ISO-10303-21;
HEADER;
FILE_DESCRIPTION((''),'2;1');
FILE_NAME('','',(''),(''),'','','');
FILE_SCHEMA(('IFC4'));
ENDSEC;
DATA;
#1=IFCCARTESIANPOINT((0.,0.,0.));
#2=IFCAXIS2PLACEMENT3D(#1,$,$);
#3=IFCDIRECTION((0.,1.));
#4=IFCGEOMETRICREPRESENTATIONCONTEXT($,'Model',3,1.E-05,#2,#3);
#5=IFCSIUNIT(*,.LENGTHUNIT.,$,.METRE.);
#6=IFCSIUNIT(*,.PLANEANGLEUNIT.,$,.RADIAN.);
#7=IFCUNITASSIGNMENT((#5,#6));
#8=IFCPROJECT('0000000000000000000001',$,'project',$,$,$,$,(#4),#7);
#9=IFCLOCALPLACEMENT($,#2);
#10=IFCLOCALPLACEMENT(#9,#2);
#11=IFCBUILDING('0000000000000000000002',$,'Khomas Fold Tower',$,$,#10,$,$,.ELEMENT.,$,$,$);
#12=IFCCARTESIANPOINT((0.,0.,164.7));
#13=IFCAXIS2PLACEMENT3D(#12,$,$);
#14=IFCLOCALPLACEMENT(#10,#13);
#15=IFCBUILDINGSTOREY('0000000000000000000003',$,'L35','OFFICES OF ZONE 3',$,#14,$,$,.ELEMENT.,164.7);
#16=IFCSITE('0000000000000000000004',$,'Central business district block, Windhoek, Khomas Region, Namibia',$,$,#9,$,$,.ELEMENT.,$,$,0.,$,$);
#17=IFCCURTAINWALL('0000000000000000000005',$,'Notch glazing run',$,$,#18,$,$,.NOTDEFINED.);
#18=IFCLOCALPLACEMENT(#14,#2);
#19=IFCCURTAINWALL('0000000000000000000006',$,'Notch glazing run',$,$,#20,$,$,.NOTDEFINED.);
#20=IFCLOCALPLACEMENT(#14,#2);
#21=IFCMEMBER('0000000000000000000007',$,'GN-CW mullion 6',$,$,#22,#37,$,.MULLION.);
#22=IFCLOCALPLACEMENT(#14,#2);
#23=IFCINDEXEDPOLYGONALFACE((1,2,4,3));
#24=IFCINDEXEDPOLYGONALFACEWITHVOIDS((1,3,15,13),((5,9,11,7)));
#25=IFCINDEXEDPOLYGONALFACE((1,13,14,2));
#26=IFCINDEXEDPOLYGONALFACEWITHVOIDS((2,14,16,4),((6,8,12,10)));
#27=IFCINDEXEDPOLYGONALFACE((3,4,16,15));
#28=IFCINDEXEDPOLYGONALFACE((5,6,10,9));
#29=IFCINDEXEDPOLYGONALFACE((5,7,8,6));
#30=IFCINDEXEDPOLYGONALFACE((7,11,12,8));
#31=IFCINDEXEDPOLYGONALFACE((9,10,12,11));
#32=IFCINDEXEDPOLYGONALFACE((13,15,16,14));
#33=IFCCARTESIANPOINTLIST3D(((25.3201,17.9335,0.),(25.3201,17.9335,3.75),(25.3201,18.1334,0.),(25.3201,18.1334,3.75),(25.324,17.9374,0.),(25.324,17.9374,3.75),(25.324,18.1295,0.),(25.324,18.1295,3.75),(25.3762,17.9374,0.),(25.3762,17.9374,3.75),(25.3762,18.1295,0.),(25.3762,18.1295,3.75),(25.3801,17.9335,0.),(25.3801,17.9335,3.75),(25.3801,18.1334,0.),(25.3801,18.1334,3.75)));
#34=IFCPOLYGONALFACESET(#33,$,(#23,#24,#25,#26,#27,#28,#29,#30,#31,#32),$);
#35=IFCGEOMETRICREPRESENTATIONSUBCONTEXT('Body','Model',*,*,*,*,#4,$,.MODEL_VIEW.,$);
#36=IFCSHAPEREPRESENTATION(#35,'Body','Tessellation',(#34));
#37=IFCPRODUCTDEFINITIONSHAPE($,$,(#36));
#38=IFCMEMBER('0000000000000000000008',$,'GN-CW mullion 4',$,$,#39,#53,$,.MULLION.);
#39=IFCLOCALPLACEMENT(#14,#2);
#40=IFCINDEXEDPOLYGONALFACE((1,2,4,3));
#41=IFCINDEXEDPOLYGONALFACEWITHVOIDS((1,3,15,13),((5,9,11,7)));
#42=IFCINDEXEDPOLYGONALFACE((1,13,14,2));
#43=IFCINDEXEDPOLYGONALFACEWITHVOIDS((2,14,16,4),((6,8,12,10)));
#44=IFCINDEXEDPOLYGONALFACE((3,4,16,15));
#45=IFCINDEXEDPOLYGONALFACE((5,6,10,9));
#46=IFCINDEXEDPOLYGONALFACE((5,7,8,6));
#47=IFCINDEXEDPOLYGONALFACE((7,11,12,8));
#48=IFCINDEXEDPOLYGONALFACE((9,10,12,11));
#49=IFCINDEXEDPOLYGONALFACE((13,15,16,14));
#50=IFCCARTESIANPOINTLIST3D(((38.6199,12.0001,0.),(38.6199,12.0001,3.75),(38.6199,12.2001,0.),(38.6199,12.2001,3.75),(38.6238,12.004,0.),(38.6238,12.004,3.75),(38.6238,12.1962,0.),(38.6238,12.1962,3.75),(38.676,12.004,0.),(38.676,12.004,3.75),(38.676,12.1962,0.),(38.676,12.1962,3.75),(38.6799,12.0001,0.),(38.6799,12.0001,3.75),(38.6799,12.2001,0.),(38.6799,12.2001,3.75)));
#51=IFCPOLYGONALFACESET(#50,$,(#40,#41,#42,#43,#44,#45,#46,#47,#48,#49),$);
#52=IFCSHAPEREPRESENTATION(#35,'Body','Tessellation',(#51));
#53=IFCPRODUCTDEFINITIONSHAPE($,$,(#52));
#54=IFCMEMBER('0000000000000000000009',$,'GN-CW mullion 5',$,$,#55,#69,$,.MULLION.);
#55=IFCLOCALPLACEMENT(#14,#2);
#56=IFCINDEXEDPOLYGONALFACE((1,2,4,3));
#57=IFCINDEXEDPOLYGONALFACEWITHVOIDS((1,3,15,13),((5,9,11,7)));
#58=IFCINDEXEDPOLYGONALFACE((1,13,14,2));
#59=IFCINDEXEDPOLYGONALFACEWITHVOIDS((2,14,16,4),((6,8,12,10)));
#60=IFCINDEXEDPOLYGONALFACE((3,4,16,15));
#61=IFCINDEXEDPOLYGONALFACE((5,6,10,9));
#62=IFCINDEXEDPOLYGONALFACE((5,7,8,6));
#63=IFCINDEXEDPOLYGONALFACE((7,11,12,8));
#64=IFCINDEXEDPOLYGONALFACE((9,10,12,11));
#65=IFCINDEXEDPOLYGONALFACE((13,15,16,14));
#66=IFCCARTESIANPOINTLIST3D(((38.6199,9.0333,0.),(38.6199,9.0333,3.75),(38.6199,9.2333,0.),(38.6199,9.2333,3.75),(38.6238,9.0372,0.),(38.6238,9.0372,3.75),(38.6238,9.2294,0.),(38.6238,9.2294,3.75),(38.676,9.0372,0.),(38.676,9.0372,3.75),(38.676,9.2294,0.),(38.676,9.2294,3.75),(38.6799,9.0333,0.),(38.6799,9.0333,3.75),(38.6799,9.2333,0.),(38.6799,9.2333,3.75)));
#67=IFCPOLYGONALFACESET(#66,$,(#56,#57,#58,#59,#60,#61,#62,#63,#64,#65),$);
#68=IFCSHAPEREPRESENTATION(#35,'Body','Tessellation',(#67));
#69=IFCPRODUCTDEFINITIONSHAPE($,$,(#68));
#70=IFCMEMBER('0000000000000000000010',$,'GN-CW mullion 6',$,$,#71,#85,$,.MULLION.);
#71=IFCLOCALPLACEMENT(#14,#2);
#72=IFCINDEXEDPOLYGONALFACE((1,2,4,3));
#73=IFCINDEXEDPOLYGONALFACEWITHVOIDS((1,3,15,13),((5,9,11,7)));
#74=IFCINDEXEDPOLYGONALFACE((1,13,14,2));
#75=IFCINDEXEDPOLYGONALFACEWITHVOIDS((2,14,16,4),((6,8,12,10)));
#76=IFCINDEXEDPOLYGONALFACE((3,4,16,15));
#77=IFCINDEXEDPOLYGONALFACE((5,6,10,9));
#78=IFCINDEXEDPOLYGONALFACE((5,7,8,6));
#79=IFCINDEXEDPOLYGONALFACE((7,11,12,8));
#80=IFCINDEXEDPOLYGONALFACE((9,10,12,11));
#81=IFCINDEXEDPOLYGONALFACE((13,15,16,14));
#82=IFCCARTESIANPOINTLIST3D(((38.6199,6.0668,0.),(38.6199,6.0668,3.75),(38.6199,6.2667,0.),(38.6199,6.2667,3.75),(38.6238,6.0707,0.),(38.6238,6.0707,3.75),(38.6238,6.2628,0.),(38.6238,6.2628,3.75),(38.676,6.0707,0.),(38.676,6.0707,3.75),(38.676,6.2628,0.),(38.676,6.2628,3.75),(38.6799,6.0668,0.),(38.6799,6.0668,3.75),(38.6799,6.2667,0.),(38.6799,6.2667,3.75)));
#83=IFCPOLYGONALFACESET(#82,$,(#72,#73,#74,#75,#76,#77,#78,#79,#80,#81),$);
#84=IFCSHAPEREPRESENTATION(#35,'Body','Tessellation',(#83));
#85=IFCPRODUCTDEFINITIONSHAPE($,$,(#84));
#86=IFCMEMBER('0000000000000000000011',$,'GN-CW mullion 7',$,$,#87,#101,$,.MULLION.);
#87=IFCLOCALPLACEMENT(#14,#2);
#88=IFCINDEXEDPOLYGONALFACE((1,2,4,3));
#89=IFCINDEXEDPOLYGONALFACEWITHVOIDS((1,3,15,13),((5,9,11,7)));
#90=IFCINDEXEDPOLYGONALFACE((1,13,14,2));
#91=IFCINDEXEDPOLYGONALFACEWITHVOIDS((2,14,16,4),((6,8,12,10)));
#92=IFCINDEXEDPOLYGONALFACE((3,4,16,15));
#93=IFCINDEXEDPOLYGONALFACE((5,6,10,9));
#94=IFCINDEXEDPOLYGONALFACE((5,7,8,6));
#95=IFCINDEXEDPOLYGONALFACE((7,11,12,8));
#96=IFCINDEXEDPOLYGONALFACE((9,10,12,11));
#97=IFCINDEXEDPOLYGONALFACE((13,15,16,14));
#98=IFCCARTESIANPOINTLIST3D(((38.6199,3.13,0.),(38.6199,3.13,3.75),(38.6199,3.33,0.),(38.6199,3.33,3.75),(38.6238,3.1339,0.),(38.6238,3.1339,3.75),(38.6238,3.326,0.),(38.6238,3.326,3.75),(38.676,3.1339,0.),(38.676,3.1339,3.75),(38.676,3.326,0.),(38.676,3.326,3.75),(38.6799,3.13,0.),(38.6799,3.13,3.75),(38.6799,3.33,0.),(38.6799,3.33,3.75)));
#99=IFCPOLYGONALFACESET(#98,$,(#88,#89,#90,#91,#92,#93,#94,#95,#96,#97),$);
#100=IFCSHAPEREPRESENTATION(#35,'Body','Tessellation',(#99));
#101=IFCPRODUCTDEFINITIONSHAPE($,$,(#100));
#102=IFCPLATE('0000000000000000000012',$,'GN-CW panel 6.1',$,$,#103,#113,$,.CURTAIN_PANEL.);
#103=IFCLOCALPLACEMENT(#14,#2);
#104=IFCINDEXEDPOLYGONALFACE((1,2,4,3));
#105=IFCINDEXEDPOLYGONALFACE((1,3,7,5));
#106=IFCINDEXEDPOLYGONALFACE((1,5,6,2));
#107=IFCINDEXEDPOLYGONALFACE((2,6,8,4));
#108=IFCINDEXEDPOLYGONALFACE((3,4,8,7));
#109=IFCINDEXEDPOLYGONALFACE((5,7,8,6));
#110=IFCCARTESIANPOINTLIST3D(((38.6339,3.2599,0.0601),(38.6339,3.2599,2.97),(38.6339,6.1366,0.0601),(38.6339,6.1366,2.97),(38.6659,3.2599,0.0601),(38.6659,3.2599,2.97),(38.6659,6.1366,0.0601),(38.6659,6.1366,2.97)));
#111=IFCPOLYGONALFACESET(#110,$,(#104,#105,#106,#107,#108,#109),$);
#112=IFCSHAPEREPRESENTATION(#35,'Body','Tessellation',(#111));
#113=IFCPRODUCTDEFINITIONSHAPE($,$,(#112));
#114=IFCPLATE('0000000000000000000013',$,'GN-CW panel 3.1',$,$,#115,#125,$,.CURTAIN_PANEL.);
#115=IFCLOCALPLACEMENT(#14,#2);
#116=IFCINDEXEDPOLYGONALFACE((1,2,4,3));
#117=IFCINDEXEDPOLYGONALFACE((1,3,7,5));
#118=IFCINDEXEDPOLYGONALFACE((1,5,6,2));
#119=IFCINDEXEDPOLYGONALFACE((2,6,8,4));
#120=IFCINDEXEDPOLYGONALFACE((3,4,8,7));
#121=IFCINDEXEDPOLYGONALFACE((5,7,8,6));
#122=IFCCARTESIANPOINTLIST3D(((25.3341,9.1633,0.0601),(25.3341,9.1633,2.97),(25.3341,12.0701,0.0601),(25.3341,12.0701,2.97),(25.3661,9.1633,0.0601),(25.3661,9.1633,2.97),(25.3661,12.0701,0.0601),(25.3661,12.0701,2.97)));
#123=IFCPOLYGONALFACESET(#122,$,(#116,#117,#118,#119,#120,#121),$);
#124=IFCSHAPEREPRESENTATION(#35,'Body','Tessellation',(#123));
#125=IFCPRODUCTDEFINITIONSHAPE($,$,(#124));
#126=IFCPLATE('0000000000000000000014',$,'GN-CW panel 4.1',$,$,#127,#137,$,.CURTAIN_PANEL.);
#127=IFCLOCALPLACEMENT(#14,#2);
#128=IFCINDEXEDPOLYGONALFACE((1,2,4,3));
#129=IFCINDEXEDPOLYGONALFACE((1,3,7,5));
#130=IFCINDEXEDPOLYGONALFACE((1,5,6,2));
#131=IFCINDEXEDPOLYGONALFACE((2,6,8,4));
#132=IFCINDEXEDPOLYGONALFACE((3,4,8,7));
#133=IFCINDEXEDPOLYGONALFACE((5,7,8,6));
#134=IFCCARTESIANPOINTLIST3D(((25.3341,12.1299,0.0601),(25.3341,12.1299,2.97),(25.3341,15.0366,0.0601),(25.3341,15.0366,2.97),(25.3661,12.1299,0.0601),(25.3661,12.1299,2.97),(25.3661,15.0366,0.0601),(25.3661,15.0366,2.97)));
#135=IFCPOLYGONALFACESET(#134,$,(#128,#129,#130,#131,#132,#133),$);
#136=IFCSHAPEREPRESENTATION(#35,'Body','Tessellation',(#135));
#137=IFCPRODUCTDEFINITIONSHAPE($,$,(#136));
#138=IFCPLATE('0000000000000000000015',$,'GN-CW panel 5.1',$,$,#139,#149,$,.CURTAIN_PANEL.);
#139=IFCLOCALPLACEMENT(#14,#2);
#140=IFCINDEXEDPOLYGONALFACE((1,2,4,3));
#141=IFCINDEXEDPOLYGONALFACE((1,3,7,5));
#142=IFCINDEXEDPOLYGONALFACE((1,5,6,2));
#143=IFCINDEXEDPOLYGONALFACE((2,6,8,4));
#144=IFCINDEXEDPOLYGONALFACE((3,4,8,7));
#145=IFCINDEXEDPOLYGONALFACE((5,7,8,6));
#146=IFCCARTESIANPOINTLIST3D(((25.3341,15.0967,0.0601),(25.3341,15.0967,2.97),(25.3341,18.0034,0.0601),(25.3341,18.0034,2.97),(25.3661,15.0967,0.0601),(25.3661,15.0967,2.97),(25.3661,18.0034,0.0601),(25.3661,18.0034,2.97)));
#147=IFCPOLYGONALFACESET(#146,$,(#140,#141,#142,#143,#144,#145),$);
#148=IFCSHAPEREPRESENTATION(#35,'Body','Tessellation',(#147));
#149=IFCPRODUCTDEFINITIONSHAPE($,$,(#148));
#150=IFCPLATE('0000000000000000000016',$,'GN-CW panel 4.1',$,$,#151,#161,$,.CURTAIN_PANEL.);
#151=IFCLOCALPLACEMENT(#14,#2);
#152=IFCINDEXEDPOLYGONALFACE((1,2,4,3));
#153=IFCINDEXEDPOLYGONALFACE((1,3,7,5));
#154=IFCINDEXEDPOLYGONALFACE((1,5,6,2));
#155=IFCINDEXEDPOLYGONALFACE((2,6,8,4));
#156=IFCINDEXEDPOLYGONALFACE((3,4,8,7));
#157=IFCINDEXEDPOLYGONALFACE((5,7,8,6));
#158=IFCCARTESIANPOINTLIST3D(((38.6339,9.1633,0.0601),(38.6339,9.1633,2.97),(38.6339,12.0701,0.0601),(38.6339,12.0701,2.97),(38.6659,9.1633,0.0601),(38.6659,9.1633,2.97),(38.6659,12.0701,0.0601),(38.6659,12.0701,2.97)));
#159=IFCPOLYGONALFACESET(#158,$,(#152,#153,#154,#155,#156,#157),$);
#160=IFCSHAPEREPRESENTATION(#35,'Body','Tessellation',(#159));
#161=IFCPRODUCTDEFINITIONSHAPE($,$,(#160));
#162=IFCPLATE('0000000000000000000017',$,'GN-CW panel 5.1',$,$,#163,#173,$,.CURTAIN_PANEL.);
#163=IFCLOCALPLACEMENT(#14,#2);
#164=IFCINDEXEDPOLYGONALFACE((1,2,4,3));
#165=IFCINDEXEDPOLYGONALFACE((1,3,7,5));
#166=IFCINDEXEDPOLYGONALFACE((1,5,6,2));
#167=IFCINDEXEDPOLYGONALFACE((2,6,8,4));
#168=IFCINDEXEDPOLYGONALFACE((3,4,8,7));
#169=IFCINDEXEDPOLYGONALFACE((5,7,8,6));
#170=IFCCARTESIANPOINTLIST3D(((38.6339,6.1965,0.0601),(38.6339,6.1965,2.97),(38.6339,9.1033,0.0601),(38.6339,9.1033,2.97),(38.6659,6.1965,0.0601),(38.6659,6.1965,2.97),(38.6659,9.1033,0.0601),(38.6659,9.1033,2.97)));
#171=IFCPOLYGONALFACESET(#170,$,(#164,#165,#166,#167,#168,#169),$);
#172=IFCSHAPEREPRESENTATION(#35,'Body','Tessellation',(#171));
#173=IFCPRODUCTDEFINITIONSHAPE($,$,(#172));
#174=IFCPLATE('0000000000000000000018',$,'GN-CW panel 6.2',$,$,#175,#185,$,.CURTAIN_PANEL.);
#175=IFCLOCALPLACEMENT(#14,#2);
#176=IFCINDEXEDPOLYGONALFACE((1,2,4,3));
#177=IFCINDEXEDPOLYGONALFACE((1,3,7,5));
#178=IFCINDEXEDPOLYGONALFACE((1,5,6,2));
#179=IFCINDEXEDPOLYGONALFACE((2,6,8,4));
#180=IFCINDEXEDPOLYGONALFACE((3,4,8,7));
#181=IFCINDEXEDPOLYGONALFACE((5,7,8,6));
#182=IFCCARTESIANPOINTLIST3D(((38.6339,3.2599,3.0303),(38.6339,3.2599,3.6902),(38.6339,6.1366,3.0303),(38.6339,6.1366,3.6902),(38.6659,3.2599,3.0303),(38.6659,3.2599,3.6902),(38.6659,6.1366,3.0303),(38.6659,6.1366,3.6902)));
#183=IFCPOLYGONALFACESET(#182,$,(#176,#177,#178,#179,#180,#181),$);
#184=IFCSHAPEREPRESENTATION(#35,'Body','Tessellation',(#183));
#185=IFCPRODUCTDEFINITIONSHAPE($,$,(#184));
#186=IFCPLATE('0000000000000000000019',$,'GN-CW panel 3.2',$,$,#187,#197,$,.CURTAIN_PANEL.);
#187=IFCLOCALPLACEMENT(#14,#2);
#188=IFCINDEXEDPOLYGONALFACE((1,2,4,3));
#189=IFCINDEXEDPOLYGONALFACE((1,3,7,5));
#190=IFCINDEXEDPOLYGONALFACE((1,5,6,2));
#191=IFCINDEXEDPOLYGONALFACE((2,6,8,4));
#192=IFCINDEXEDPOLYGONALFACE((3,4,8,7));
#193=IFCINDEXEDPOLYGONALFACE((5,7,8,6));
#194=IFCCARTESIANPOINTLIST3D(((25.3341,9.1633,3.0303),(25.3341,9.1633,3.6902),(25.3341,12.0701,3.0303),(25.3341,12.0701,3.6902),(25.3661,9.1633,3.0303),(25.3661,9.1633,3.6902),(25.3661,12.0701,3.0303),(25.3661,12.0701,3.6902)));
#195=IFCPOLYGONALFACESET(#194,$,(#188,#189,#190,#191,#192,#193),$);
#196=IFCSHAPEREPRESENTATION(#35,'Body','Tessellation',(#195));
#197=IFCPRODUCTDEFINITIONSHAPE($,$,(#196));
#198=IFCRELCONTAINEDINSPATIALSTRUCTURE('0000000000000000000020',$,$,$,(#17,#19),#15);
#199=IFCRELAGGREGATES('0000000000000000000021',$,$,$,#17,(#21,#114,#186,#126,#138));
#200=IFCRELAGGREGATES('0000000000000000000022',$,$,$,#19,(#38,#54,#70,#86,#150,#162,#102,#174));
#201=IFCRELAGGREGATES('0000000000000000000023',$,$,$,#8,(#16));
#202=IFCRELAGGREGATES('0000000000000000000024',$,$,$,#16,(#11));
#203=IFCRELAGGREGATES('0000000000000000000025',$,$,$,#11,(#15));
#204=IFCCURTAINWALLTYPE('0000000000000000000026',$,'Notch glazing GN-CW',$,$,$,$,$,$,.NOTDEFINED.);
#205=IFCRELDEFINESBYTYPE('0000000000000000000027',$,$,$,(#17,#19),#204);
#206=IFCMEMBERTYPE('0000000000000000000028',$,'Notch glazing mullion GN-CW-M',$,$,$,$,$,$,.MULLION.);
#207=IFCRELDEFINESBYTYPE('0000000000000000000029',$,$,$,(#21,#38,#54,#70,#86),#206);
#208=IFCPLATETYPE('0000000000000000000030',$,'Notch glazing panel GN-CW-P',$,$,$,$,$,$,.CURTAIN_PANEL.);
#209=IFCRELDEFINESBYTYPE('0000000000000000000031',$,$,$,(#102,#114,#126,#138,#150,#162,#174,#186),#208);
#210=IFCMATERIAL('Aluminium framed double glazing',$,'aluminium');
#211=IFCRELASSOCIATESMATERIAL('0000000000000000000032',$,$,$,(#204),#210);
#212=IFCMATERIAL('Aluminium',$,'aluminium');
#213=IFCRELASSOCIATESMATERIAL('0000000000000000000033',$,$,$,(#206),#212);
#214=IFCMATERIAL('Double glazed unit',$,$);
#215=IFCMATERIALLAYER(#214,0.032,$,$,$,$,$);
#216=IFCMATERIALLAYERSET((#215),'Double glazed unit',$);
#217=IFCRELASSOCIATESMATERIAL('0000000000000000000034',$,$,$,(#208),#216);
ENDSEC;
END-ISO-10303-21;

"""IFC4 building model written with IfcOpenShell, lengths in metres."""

from ifc_helpers import new_model, si_unit, direction, frame, origin, origin_2d, place, context, subcontext, project, spatial, rectangle, hollow_rectangle, extrude, source, transform, mapped, material, layer, layer_set, material_profile, profile_set, type_object, element, aggregate, save


model = new_model("IFC4")

# Units and contexts
model_context = context("Model", 3, precision=1e-05, world=origin(), true_north=direction((0.0, 1.0)))
body_context = subcontext(model_context, "Body", "Model", "MODEL_VIEW")
ifc_project = project(units=[si_unit("LENGTHUNIT", "METRE"), si_unit("PLANEANGLEUNIT", "RADIAN")], contexts=[model_context])

# Site, building, storey
site_placement = place(None, origin())
site = spatial("IfcSite", under=ifc_project, at=site_placement, Name="Central business district block, Windhoek, Khomas Region, Namibia", CompositionType="ELEMENT", RefElevation=0.0)
building_placement = place(site_placement, origin())
building = spatial("IfcBuilding", under=site, at=building_placement, Name="Khomas Fold Tower", CompositionType="ELEMENT")
storey_placement = place(building_placement, frame((0.0, 0.0, 164.7)))
storey = spatial("IfcBuildingStorey", under=building, at=storey_placement, Name="L35", Description="OFFICES OF ZONE 3", CompositionType="ELEMENT", Elevation=164.7)

# Curtain walls
ifc_material_1 = material(Name="Aluminium framed double glazing", Category="aluminium")
curtain_wall_type_1 = type_object("IfcCurtainWallType", Name="Notch glazing GN-CW", PredefinedType="NOTDEFINED", material=ifc_material_1)
curtain_wall_1_placement = place(storey_placement, origin())
curtain_wall_1 = element("IfcCurtainWall", 1, at=curtain_wall_1_placement, inside=storey, type_object=curtain_wall_type_1, Name="Notch glazing run", PredefinedType="NOTDEFINED")
curtain_wall_2_placement = place(storey_placement, origin())
curtain_wall_2 = element("IfcCurtainWall", 2, at=curtain_wall_2_placement, inside=storey, type_object=curtain_wall_type_1, Name="Notch glazing run", PredefinedType="NOTDEFINED")

# Members
ifc_material_2 = material(Name="Aluminium", Category="aluminium")
ifc_material_profile_1 = material_profile(ifc_material_2, hollow_rectangle(XDim=0.0601, YDim=0.2, WallThickness=0.0039, at=origin_2d()), Name="Notch glazing mullion GN-CW-M")
ifc_profile_set_1 = profile_set([ifc_material_profile_1], Name="Aluminium")
member_type_1 = type_object("IfcMemberType", Name="Notch glazing mullion GN-CW-M", PredefinedType="MULLION", material=ifc_profile_set_1)
shared_shape_1 = source(origin(), body_context, "Body", "SweptSolid", [
    extrude(hollow_rectangle(XDim=0.0601, YDim=0.2, WallThickness=0.0039, at=origin_2d()), origin(), (0.0, 0.0, 1.0), 3.75),
])
member_1_placement = place(storey_placement, frame((25.3501, 18.0334, 0.0), z_axis=(0.0, 0.0, 1.0), x_axis=(-1.0, 0.0, 0.0)))
member_1 = element("IfcMember", 3, at=member_1_placement, type_object=member_type_1, Name="GN-CW mullion 6", PredefinedType="MULLION", context=body_context, shape_type="MappedRepresentation", body=[
    mapped(shared_shape_1, transform((0.0, 0.0, 0.0))),
])
member_2_placement = place(storey_placement, frame((38.6499, 12.1001, 0.0), z_axis=(0.0, 0.0, 1.0), x_axis=(1.0, 0.0, 0.0)))
member_2 = element("IfcMember", 4, at=member_2_placement, type_object=member_type_1, Name="GN-CW mullion 4", PredefinedType="MULLION", context=body_context, shape_type="MappedRepresentation", body=[
    mapped(shared_shape_1, transform((0.0, 0.0, 0.0))),
])
member_3_placement = place(storey_placement, frame((38.6499, 9.1333, 0.0), z_axis=(0.0, 0.0, 1.0), x_axis=(1.0, 0.0, 0.0)))
member_3 = element("IfcMember", 5, at=member_3_placement, type_object=member_type_1, Name="GN-CW mullion 5", PredefinedType="MULLION", context=body_context, shape_type="MappedRepresentation", body=[
    mapped(shared_shape_1, transform((0.0, 0.0, 0.0))),
])
member_4_placement = place(storey_placement, frame((38.6499, 6.1667, 0.0), z_axis=(0.0, 0.0, 1.0), x_axis=(1.0, 0.0, 0.0)))
member_4 = element("IfcMember", 6, at=member_4_placement, type_object=member_type_1, Name="GN-CW mullion 6", PredefinedType="MULLION", context=body_context, shape_type="MappedRepresentation", body=[
    mapped(shared_shape_1, transform((0.0, 0.0, 0.0))),
])
member_5_placement = place(storey_placement, frame((38.6499, 3.23, 0.0), z_axis=(0.0, 0.0, 1.0), x_axis=(1.0, 0.0, 0.0)))
member_5 = element("IfcMember", 7, at=member_5_placement, type_object=member_type_1, Name="GN-CW mullion 7", PredefinedType="MULLION", context=body_context, shape_type="MappedRepresentation", body=[
    mapped(shared_shape_1, transform((0.0, 0.0, 0.0))),
])

# Plates
ifc_material_3 = material(Name="Double glazed unit")
ifc_layer = layer(ifc_material_3, 0.032)
ifc_layer_set = layer_set([ifc_layer], Name="Double glazed unit")
plate_type = type_object("IfcPlateType", Name="Notch glazing panel GN-CW-P", PredefinedType="CURTAIN_PANEL", material=ifc_layer_set)
shared_shape_2 = source(origin(), body_context, "Body", "SweptSolid", [
    extrude(rectangle(XDim=2.8767, YDim=0.032, at=origin_2d()), origin(), (0.0, 0.0, 1.0), 2.9099),
])
plate_1_placement = place(storey_placement, frame((38.6499, 4.6982, 0.0601), z_axis=(0.0, 0.0, 1.0), x_axis=(0.0, -1.0, 0.0)))
plate_1 = element("IfcPlate", 8, at=plate_1_placement, type_object=plate_type, Name="GN-CW panel 6.1", PredefinedType="CURTAIN_PANEL", context=body_context, shape_type="MappedRepresentation", body=[
    mapped(shared_shape_2, transform((0.0, 0.0, 0.0))),
])
shared_shape_3 = source(origin(), body_context, "Body", "SweptSolid", [
    extrude(rectangle(XDim=2.9067, YDim=0.032, at=origin_2d()), origin(), (0.0, 0.0, 1.0), 2.9099),
])
plate_2_placement = place(storey_placement, frame((25.3501, 10.6167, 0.0601), z_axis=(0.0, 0.0, 1.0), x_axis=(0.0, 1.0, 0.0)))
plate_2 = element("IfcPlate", 9, at=plate_2_placement, type_object=plate_type, Name="GN-CW panel 3.1", PredefinedType="CURTAIN_PANEL", context=body_context, shape_type="MappedRepresentation", body=[
    mapped(shared_shape_3, transform((0.0, 0.0, 0.0))),
])
plate_3_placement = place(storey_placement, frame((25.3501, 13.5833, 0.0601), z_axis=(0.0, 0.0, 1.0), x_axis=(0.0, 1.0, 0.0)))
plate_3 = element("IfcPlate", 10, at=plate_3_placement, type_object=plate_type, Name="GN-CW panel 4.1", PredefinedType="CURTAIN_PANEL", context=body_context, shape_type="MappedRepresentation", body=[
    mapped(shared_shape_3, transform((0.0, 0.0, 0.0))),
])
plate_4_placement = place(storey_placement, frame((25.3501, 16.55, 0.0601), z_axis=(0.0, 0.0, 1.0), x_axis=(0.0, 1.0, 0.0)))
plate_4 = element("IfcPlate", 11, at=plate_4_placement, type_object=plate_type, Name="GN-CW panel 5.1", PredefinedType="CURTAIN_PANEL", context=body_context, shape_type="MappedRepresentation", body=[
    mapped(shared_shape_3, transform((0.0, 0.0, 0.0))),
])
plate_5_placement = place(storey_placement, frame((38.6499, 10.6167, 0.0601), z_axis=(0.0, 0.0, 1.0), x_axis=(0.0, -1.0, 0.0)))
plate_5 = element("IfcPlate", 12, at=plate_5_placement, type_object=plate_type, Name="GN-CW panel 4.1", PredefinedType="CURTAIN_PANEL", context=body_context, shape_type="MappedRepresentation", body=[
    mapped(shared_shape_3, transform((0.0, 0.0, 0.0))),
])
plate_6_placement = place(storey_placement, frame((38.6499, 7.6499, 0.0601), z_axis=(0.0, 0.0, 1.0), x_axis=(0.0, -1.0, 0.0)))
plate_6 = element("IfcPlate", 13, at=plate_6_placement, type_object=plate_type, Name="GN-CW panel 5.1", PredefinedType="CURTAIN_PANEL", context=body_context, shape_type="MappedRepresentation", body=[
    mapped(shared_shape_3, transform((0.0, 0.0, 0.0))),
])
shared_shape_4 = source(origin(), body_context, "Body", "SweptSolid", [
    extrude(rectangle(XDim=2.8767, YDim=0.032, at=origin_2d()), origin(), (0.0, 0.0, 1.0), 0.6599),
])
plate_7_placement = place(storey_placement, frame((38.6499, 4.6982, 3.0303), z_axis=(0.0, 0.0, 1.0), x_axis=(0.0, -1.0, 0.0)))
plate_7 = element("IfcPlate", 14, at=plate_7_placement, type_object=plate_type, Name="GN-CW panel 6.2", PredefinedType="CURTAIN_PANEL", context=body_context, shape_type="MappedRepresentation", body=[
    mapped(shared_shape_4, transform((0.0, 0.0, 0.0))),
])
shared_shape_5 = source(origin(), body_context, "Body", "SweptSolid", [
    extrude(rectangle(XDim=2.9067, YDim=0.032, at=origin_2d()), origin(), (0.0, 0.0, 1.0), 0.6599),
])
plate_8_placement = place(storey_placement, frame((25.3501, 10.6167, 3.0303), z_axis=(0.0, 0.0, 1.0), x_axis=(0.0, 1.0, 0.0)))
plate_8 = element("IfcPlate", 15, at=plate_8_placement, type_object=plate_type, Name="GN-CW panel 3.2", PredefinedType="CURTAIN_PANEL", context=body_context, shape_type="MappedRepresentation", body=[
    mapped(shared_shape_5, transform((0.0, 0.0, 0.0))),
])
aggregate(curtain_wall_1, [member_1, plate_2, plate_8, plate_3, plate_4])
aggregate(curtain_wall_2, [member_2, member_3, member_4, member_5, plate_5, plate_6, plate_1, plate_7])

save(model, "model.ifc")
